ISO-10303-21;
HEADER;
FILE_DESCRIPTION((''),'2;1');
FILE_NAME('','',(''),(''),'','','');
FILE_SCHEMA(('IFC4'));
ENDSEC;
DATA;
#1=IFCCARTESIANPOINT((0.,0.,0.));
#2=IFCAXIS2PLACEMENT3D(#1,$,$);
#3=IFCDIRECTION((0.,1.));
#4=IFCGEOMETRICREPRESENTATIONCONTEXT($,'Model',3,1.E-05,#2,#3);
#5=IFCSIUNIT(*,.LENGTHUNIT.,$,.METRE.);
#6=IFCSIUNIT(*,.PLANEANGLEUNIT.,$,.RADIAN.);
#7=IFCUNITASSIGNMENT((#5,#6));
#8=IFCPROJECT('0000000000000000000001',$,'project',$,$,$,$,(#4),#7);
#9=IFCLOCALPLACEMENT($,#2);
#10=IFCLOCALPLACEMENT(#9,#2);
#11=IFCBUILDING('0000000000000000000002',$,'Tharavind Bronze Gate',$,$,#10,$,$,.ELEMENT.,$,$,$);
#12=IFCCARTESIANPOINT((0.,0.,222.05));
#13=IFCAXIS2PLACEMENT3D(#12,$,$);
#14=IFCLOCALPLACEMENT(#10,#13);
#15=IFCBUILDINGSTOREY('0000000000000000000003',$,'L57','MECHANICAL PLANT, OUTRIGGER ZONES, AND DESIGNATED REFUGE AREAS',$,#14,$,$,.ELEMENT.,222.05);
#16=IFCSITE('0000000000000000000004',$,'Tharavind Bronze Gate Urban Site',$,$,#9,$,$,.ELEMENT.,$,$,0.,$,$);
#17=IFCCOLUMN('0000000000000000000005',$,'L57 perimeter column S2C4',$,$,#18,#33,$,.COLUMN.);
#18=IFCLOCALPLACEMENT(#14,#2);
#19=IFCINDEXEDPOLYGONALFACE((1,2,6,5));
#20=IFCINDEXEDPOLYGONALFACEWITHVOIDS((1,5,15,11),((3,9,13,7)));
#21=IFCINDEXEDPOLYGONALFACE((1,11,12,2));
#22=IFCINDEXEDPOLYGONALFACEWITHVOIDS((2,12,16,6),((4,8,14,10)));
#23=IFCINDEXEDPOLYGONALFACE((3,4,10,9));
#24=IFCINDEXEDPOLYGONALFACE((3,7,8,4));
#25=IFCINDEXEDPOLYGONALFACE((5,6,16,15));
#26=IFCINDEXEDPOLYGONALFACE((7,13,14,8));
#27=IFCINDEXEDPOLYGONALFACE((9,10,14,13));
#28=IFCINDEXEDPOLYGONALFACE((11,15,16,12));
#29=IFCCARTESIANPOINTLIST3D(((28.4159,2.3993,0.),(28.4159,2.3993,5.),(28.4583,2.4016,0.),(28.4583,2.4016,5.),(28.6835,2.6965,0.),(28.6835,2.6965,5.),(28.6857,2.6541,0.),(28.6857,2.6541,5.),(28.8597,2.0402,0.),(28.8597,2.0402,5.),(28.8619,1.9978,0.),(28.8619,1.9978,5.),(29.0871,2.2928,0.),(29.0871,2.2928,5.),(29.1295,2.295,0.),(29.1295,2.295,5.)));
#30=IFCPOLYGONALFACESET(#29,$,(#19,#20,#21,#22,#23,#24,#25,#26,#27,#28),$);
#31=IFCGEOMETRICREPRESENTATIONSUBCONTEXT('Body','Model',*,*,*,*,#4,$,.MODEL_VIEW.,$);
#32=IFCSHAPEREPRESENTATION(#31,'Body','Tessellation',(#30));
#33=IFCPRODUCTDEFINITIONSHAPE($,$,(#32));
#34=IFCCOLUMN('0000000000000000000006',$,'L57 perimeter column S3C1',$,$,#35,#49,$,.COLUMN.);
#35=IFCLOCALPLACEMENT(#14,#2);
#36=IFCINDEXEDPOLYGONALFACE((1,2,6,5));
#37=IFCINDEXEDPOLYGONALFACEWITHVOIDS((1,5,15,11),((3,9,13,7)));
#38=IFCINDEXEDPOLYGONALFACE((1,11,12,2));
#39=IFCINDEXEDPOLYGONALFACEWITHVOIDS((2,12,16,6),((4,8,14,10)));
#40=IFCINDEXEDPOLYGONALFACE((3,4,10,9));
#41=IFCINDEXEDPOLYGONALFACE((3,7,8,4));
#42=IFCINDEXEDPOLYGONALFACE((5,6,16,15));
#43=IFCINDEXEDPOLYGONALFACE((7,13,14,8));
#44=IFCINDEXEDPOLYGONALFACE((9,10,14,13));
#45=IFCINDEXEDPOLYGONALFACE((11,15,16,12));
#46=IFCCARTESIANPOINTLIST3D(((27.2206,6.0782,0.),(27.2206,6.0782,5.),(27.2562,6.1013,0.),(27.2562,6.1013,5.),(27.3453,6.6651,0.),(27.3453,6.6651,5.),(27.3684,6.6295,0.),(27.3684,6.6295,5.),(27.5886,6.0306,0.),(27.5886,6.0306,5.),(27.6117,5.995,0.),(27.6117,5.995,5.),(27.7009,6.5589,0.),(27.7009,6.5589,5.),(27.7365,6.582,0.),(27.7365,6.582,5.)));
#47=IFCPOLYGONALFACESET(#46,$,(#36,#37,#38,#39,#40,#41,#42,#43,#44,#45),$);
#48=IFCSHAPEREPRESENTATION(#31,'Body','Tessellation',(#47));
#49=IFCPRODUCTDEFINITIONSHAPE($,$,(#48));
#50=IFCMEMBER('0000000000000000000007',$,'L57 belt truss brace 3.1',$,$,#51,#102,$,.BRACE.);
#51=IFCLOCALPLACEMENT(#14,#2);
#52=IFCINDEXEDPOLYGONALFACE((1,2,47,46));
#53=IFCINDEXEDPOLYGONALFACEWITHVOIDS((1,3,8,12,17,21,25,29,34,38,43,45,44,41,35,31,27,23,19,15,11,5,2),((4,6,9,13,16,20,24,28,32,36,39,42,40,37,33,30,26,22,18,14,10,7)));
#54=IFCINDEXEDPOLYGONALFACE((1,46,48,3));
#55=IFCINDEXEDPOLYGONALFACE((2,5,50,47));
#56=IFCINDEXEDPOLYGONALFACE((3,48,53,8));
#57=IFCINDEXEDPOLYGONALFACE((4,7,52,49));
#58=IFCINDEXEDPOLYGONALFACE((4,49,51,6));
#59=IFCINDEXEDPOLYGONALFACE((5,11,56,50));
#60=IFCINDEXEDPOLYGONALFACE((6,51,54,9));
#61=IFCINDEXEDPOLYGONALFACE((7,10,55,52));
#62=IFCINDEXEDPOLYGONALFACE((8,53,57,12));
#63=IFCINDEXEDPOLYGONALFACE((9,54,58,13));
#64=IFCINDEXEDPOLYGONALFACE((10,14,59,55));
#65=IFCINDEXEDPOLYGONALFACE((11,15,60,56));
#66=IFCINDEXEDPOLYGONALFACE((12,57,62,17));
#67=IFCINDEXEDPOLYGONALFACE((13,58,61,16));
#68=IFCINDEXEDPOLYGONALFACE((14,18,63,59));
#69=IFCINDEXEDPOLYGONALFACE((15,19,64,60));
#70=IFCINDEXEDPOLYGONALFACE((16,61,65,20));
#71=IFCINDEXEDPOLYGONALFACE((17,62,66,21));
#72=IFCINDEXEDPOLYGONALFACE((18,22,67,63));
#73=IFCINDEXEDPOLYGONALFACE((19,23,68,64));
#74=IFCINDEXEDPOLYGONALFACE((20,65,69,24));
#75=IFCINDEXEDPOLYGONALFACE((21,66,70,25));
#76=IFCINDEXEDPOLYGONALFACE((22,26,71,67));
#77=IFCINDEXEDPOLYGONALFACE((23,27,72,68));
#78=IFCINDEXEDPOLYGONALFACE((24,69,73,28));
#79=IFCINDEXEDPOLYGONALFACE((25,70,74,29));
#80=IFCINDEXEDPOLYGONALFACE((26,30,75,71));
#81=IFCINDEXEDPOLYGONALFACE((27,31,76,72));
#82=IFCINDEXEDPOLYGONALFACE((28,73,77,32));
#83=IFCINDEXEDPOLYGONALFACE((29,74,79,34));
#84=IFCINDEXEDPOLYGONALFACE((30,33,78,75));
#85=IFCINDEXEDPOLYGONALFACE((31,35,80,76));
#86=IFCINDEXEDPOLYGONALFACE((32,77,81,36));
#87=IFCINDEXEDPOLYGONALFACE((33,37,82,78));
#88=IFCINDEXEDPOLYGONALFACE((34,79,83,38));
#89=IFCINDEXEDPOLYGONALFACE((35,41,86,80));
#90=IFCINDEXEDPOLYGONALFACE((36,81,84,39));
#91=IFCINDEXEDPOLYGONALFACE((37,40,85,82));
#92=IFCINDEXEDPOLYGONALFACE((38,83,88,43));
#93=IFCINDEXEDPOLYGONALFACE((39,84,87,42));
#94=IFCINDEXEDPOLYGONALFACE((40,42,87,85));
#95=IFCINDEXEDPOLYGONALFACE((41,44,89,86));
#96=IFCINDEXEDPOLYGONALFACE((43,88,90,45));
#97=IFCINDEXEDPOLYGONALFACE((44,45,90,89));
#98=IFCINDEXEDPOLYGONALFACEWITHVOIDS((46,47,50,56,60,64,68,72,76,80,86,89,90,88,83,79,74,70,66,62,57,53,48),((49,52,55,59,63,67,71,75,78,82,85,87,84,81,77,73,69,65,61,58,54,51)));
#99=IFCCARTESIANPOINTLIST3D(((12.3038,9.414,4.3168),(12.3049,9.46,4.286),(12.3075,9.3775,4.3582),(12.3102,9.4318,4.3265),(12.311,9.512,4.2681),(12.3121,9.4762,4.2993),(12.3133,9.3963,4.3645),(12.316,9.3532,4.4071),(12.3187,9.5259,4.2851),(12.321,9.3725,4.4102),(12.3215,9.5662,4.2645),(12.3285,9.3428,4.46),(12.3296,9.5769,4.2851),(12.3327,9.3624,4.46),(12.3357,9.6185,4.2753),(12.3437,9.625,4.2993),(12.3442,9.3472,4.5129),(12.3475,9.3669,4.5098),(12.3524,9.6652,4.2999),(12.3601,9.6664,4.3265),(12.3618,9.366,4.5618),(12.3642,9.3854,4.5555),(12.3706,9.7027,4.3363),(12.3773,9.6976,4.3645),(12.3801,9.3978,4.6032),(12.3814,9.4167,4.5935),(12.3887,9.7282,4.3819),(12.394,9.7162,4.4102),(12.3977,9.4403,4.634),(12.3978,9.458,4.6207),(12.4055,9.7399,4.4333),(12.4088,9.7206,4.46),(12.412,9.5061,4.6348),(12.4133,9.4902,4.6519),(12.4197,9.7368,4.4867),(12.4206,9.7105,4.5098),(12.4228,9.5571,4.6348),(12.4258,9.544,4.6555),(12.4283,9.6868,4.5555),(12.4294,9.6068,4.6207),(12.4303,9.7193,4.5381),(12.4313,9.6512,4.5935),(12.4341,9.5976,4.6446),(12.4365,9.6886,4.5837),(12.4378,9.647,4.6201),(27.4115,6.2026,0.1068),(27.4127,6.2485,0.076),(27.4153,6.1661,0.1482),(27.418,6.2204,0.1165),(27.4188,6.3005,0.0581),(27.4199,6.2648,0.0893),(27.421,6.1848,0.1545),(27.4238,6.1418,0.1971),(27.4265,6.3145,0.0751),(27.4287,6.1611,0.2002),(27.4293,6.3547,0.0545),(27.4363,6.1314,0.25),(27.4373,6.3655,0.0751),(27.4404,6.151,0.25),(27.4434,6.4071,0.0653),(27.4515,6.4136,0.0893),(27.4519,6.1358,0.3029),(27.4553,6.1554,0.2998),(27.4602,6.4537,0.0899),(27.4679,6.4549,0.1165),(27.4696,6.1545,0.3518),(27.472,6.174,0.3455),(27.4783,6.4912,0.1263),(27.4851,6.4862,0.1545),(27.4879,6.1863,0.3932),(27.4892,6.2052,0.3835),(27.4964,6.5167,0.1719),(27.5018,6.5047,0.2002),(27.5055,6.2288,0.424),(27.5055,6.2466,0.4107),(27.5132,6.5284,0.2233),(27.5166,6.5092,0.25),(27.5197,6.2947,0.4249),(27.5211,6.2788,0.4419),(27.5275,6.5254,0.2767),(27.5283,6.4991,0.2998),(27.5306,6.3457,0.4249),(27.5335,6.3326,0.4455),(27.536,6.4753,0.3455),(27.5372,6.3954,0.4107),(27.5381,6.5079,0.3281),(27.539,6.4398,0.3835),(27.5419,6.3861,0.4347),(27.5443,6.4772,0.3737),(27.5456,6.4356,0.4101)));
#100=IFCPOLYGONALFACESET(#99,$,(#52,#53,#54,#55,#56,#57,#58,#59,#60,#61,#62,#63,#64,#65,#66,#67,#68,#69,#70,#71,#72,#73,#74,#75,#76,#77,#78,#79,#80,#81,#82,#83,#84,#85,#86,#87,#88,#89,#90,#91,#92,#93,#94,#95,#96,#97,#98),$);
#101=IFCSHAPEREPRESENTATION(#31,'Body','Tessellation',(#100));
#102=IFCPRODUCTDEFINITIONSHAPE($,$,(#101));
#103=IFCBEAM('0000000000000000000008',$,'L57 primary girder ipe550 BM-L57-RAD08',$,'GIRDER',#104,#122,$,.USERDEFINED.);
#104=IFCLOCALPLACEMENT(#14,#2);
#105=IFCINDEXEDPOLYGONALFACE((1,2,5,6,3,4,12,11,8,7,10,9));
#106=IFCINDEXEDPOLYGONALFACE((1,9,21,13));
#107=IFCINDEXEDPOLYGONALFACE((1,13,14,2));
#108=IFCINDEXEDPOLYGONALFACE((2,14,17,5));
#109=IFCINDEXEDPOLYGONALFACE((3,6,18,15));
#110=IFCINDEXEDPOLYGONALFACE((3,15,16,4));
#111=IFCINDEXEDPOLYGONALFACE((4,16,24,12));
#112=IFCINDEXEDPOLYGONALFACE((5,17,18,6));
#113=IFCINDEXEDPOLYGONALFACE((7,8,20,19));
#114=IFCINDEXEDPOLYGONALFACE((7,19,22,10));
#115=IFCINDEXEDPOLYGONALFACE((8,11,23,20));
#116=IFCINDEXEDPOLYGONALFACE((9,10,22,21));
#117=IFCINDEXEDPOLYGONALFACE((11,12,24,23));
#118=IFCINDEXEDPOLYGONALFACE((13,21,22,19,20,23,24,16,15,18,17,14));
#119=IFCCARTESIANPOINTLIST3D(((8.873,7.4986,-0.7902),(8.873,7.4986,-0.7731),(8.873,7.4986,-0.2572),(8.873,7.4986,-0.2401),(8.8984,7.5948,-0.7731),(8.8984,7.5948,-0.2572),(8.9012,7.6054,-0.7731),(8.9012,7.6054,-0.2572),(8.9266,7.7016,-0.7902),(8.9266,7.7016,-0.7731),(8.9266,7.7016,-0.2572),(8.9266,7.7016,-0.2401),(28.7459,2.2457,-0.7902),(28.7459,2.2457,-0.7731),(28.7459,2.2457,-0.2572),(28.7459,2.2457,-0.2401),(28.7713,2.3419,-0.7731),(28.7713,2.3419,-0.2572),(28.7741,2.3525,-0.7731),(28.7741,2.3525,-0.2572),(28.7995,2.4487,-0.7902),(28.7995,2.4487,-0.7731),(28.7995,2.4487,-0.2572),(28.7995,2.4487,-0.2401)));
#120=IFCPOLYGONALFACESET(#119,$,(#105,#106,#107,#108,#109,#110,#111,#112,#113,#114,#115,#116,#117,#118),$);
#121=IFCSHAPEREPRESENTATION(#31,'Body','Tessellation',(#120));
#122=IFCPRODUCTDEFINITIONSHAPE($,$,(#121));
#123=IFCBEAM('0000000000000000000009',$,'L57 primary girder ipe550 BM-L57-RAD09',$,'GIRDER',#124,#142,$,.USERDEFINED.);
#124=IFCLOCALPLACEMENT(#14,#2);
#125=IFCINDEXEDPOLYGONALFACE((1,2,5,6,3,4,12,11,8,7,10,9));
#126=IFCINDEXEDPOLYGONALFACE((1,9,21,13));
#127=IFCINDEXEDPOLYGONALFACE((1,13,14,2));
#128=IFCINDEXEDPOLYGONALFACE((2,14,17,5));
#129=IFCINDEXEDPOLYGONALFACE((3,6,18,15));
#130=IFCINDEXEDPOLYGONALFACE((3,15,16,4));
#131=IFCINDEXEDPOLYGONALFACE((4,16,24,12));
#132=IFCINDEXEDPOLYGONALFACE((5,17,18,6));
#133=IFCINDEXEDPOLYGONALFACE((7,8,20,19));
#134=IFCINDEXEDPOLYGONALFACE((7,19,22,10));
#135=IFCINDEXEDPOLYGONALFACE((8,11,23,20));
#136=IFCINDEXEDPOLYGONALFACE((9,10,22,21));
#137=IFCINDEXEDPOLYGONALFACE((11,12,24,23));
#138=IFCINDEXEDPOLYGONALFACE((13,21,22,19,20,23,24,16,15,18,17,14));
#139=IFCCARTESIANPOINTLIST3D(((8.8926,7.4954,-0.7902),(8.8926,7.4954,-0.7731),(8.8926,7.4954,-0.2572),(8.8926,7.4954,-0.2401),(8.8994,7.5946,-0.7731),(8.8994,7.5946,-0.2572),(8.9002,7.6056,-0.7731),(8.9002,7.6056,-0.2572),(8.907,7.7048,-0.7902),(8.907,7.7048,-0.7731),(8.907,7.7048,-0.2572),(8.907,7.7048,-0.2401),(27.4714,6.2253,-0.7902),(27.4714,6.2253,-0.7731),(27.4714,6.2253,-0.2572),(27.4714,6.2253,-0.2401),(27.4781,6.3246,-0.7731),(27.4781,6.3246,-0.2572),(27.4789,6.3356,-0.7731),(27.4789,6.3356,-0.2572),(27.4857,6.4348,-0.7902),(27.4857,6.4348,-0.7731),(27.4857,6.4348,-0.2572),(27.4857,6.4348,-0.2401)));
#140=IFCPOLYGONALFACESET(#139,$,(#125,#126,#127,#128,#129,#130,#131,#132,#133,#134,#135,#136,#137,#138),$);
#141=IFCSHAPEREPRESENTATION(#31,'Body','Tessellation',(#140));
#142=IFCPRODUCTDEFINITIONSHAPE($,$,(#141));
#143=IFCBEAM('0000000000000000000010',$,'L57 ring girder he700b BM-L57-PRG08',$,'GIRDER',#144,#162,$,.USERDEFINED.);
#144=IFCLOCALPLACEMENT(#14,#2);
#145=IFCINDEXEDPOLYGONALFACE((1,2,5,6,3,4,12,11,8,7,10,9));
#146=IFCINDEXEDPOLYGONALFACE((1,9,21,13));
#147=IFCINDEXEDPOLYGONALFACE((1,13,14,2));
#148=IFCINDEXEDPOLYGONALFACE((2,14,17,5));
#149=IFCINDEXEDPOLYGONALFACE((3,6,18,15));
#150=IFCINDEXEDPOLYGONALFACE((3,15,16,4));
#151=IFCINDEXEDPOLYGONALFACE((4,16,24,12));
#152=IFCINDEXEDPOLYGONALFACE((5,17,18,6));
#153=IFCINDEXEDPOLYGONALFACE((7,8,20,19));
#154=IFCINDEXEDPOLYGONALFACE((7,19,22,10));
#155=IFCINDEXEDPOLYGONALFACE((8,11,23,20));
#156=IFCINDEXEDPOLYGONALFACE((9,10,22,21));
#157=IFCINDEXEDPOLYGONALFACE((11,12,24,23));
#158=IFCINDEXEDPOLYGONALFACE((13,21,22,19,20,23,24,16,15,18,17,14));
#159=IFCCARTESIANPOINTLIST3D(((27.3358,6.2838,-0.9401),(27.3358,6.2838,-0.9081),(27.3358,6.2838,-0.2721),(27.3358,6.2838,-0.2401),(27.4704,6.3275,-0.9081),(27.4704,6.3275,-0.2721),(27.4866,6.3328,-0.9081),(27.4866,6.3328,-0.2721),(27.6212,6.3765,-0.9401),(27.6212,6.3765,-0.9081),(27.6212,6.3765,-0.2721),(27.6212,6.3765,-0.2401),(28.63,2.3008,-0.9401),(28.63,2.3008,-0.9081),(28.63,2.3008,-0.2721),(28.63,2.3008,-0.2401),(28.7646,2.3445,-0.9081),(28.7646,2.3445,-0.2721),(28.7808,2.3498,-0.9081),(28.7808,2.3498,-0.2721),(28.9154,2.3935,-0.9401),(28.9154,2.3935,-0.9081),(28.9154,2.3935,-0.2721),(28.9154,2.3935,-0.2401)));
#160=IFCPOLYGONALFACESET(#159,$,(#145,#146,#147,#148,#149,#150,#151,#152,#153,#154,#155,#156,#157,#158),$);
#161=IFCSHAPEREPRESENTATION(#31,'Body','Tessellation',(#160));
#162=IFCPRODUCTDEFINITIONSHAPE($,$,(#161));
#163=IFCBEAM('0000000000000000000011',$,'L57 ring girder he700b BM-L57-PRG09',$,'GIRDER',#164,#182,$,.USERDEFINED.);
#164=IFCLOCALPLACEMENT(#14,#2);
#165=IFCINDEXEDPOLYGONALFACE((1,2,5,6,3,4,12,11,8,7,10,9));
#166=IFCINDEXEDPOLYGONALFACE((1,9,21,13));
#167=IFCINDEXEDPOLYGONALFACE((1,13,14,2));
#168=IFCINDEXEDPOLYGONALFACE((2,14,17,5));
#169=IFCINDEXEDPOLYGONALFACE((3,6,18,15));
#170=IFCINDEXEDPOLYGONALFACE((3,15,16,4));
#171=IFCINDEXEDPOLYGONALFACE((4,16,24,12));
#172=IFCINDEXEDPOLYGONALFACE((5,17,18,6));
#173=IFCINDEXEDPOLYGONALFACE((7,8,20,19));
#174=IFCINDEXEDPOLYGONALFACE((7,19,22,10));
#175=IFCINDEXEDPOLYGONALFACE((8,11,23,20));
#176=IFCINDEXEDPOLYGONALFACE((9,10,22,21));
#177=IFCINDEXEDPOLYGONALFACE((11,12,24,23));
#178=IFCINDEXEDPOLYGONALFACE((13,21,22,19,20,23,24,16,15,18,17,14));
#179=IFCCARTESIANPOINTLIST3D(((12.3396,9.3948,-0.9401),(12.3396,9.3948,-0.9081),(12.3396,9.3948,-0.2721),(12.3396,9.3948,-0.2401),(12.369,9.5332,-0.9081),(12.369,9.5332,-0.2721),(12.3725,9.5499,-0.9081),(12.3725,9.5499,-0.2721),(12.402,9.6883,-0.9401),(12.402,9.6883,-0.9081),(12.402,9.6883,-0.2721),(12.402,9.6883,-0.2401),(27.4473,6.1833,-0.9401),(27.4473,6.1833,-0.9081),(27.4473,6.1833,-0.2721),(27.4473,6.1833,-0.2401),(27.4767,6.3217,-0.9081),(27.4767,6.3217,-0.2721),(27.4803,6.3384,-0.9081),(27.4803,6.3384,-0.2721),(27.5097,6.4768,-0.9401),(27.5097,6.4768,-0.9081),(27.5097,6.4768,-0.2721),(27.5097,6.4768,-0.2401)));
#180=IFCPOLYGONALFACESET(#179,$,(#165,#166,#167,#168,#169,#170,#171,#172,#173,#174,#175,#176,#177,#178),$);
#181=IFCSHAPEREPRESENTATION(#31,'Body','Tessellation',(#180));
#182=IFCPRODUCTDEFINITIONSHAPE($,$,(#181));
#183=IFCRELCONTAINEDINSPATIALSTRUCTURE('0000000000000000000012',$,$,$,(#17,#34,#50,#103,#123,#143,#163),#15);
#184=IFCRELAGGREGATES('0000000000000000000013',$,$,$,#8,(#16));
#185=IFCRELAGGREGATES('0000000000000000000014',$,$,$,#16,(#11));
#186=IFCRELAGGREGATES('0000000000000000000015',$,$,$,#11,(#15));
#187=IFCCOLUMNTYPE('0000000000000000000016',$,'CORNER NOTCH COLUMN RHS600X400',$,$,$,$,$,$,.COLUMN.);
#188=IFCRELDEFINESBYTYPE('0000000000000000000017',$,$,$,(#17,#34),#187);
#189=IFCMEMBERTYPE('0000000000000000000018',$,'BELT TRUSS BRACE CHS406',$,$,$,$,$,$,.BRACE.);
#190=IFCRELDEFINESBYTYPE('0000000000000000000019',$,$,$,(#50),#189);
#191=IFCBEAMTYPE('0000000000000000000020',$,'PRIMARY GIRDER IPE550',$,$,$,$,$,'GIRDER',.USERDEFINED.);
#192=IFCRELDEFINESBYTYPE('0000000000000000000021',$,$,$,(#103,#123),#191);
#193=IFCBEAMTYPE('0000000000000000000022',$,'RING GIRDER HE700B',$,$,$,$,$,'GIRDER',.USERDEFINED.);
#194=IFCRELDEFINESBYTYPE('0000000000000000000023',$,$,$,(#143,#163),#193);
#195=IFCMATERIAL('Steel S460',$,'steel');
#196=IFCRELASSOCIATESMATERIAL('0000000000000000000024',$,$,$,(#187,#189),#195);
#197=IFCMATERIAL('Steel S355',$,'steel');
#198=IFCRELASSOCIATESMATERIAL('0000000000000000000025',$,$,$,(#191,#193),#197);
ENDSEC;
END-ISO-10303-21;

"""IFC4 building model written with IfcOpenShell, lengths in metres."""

from ifc_helpers import new_model, si_unit, direction, frame, origin, origin_2d, place, context, subcontext, project, spatial, hollow_rectangle, hollow_circle, i_section, extrude, material, material_profile, profile_set, type_object, element, save


model = new_model("IFC4")

# Units and contexts
model_context = context("Model", 3, precision=1e-05, world=origin(), true_north=direction((0.0, 1.0)))
body_context = subcontext(model_context, "Body", "Model", "MODEL_VIEW")
ifc_project = project(units=[si_unit("LENGTHUNIT", "METRE"), si_unit("PLANEANGLEUNIT", "RADIAN")], contexts=[model_context])

# Site, building, storey
site_placement = place(None, origin())
site = spatial("IfcSite", under=ifc_project, at=site_placement, Name="Tharavind Bronze Gate Urban Site", CompositionType="ELEMENT", RefElevation=0.0)
building_placement = place(site_placement, origin())
building = spatial("IfcBuilding", under=site, at=building_placement, Name="Tharavind Bronze Gate", CompositionType="ELEMENT")
storey_placement = place(building_placement, frame((0.0, 0.0, 222.05)))
storey = spatial("IfcBuildingStorey", under=building, at=storey_placement, Name="L57", Description="MECHANICAL PLANT, OUTRIGGER ZONES, AND DESIGNATED REFUGE AREAS", CompositionType="ELEMENT", Elevation=222.05)

# Columns
ifc_material_1 = material(Name="Steel S460", Category="steel")
ifc_material_profile_1 = material_profile(ifc_material_1, hollow_rectangle(XDim=0.3999, YDim=0.6001, WallThickness=0.03, at=origin_2d()), Name="RHS600X400X30")
ifc_profile_set_1 = profile_set([ifc_material_profile_1], Name="Steel S460")
column_type = type_object("IfcColumnType", Name="CORNER NOTCH COLUMN RHS600X400", PredefinedType="COLUMN", material=ifc_profile_set_1)
for number, where, z_axis, x_axis, name in (
    (1, (28.7727, 2.3472, 0.0), (0.0, 0.0, 1.0), (0.669131, 0.743145, 0.0), "L57 perimeter column S2C4"),
    (2, (27.4785, 6.3301, 0.0), (0.0, 0.0, 1.0), (-0.978148, 0.207912, 0.0), "L57 perimeter column S3C1"),
):
    element("IfcColumn", number, at=place(storey_placement, frame(where, z_axis=z_axis, x_axis=x_axis)), inside=storey, type_object=column_type, Name=name, PredefinedType="COLUMN", context=body_context, shape_type="SweptSolid", body=[
        extrude(hollow_rectangle(XDim=0.3999, YDim=0.6001, WallThickness=0.03, at=origin_2d()), origin(), (0.0, 0.0, 1.0), 5.0),
    ])

# Member
ifc_material_profile_2 = material_profile(ifc_material_1, hollow_circle(Radius=0.2031, WallThickness=0.02, at=origin_2d()), Name="CHS406X20")
ifc_profile_set_2 = profile_set([ifc_material_profile_2], Name="Steel S460")
member_type = type_object("IfcMemberType", Name="BELT TRUSS BRACE CHS406", PredefinedType="BRACE", material=ifc_profile_set_2)
member_placement = place(storey_placement, frame((27.4785, 6.3301, 0.25), z_axis=(-0.943716, 0.200605, 0.26298), x_axis=(-0.207924, -0.978145, 0.0)))
element("IfcMember", 3, at=member_placement, inside=storey, type_object=member_type, Name="L57 belt truss brace 3.1", PredefinedType="BRACE", context=body_context, shape_type="SweptSolid", body=[
    extrude(hollow_circle(Radius=0.2031, WallThickness=0.02, at=origin_2d()), origin(), (0.0, 0.0, 1.0), 16.0088),
])

# Beams
ifc_material_2 = material(Name="Steel S355", Category="steel")
ifc_material_profile_3 = material_profile(ifc_material_2, i_section(OverallWidth=0.21, OverallDepth=0.55, WebThickness=0.011, FlangeThickness=0.0171, at=origin_2d()), Name="IPE550")
ifc_profile_set_3 = profile_set([ifc_material_profile_3], Name="Steel S355")
beam_type_1 = type_object("IfcBeamType", Name="PRIMARY GIRDER IPE550", ElementType="GIRDER", PredefinedType="USERDEFINED", material=ifc_profile_set_3)
beam_1_placement = place(storey_placement, frame((28.7727, 2.3472, -0.5151), z_axis=(-0.966796, 0.255551, 0.0), x_axis=(-0.255551, -0.966796, 0.0)))
element("IfcBeam", 4, at=beam_1_placement, inside=storey, type_object=beam_type_1, Name="L57 primary girder ipe550 BM-L57-RAD08", ObjectType="GIRDER", PredefinedType="USERDEFINED", context=body_context, shape_type="SweptSolid", body=[
    extrude(i_section(OverallWidth=0.21, OverallDepth=0.55, WebThickness=0.011, FlangeThickness=0.0171, at=origin_2d()), origin(), (0.0, 0.0, 1.0), 20.5554),
])
beam_2_placement = place(storey_placement, frame((27.4785, 6.3301, -0.5151), z_axis=(-0.997672, 0.0682, 0.0), x_axis=(-0.0682, -0.997672, 0.0)))
element("IfcBeam", 5, at=beam_2_placement, inside=storey, type_object=beam_type_1, Name="L57 primary girder ipe550 BM-L57-RAD09", ObjectType="GIRDER", PredefinedType="USERDEFINED", context=body_context, shape_type="SweptSolid", body=[
    extrude(i_section(OverallWidth=0.21, OverallDepth=0.55, WebThickness=0.011, FlangeThickness=0.0171, at=origin_2d()), origin(), (0.0, 0.0, 1.0), 18.6221),
])
ifc_material_profile_4 = material_profile(ifc_material_2, i_section(OverallWidth=0.3, OverallDepth=0.7, WebThickness=0.0171, FlangeThickness=0.032, at=origin_2d()), Name="HE700B")
ifc_profile_set_4 = profile_set([ifc_material_profile_4], Name="Steel S355")
beam_type_2 = type_object("IfcBeamType", Name="RING GIRDER HE700B", ElementType="GIRDER", PredefinedType="USERDEFINED", material=ifc_profile_set_4)
beam_3_placement = place(storey_placement, frame((28.7727, 2.3472, -0.5901), z_axis=(-0.309031, 0.951052, 0.0), x_axis=(-0.951052, -0.309031, 0.0)))
element("IfcBeam", 6, at=beam_3_placement, inside=storey, type_object=beam_type_2, Name="L57 ring girder he700b BM-L57-PRG08", ObjectType="GIRDER", PredefinedType="USERDEFINED", context=body_context, shape_type="SweptSolid", body=[
    extrude(i_section(OverallWidth=0.3, OverallDepth=0.7, WebThickness=0.0171, FlangeThickness=0.032, at=origin_2d()), origin(), (0.0, 0.0, 1.0), 4.188),
])
beam_4_placement = place(storey_placement, frame((27.4785, 6.3301, -0.5901), z_axis=(-0.978145, 0.207924, 0.0), x_axis=(-0.207924, -0.978145, 0.0)))
element("IfcBeam", 7, at=beam_4_placement, inside=storey, type_object=beam_type_2, Name="L57 ring girder he700b BM-L57-PRG09", ObjectType="GIRDER", PredefinedType="USERDEFINED", context=body_context, shape_type="SweptSolid", body=[
    extrude(i_section(OverallWidth=0.3, OverallDepth=0.7, WebThickness=0.0171, FlangeThickness=0.032, at=origin_2d()), origin(), (0.0, 0.0, 1.0), 15.4453),
])

save(model, "model.ifc")
